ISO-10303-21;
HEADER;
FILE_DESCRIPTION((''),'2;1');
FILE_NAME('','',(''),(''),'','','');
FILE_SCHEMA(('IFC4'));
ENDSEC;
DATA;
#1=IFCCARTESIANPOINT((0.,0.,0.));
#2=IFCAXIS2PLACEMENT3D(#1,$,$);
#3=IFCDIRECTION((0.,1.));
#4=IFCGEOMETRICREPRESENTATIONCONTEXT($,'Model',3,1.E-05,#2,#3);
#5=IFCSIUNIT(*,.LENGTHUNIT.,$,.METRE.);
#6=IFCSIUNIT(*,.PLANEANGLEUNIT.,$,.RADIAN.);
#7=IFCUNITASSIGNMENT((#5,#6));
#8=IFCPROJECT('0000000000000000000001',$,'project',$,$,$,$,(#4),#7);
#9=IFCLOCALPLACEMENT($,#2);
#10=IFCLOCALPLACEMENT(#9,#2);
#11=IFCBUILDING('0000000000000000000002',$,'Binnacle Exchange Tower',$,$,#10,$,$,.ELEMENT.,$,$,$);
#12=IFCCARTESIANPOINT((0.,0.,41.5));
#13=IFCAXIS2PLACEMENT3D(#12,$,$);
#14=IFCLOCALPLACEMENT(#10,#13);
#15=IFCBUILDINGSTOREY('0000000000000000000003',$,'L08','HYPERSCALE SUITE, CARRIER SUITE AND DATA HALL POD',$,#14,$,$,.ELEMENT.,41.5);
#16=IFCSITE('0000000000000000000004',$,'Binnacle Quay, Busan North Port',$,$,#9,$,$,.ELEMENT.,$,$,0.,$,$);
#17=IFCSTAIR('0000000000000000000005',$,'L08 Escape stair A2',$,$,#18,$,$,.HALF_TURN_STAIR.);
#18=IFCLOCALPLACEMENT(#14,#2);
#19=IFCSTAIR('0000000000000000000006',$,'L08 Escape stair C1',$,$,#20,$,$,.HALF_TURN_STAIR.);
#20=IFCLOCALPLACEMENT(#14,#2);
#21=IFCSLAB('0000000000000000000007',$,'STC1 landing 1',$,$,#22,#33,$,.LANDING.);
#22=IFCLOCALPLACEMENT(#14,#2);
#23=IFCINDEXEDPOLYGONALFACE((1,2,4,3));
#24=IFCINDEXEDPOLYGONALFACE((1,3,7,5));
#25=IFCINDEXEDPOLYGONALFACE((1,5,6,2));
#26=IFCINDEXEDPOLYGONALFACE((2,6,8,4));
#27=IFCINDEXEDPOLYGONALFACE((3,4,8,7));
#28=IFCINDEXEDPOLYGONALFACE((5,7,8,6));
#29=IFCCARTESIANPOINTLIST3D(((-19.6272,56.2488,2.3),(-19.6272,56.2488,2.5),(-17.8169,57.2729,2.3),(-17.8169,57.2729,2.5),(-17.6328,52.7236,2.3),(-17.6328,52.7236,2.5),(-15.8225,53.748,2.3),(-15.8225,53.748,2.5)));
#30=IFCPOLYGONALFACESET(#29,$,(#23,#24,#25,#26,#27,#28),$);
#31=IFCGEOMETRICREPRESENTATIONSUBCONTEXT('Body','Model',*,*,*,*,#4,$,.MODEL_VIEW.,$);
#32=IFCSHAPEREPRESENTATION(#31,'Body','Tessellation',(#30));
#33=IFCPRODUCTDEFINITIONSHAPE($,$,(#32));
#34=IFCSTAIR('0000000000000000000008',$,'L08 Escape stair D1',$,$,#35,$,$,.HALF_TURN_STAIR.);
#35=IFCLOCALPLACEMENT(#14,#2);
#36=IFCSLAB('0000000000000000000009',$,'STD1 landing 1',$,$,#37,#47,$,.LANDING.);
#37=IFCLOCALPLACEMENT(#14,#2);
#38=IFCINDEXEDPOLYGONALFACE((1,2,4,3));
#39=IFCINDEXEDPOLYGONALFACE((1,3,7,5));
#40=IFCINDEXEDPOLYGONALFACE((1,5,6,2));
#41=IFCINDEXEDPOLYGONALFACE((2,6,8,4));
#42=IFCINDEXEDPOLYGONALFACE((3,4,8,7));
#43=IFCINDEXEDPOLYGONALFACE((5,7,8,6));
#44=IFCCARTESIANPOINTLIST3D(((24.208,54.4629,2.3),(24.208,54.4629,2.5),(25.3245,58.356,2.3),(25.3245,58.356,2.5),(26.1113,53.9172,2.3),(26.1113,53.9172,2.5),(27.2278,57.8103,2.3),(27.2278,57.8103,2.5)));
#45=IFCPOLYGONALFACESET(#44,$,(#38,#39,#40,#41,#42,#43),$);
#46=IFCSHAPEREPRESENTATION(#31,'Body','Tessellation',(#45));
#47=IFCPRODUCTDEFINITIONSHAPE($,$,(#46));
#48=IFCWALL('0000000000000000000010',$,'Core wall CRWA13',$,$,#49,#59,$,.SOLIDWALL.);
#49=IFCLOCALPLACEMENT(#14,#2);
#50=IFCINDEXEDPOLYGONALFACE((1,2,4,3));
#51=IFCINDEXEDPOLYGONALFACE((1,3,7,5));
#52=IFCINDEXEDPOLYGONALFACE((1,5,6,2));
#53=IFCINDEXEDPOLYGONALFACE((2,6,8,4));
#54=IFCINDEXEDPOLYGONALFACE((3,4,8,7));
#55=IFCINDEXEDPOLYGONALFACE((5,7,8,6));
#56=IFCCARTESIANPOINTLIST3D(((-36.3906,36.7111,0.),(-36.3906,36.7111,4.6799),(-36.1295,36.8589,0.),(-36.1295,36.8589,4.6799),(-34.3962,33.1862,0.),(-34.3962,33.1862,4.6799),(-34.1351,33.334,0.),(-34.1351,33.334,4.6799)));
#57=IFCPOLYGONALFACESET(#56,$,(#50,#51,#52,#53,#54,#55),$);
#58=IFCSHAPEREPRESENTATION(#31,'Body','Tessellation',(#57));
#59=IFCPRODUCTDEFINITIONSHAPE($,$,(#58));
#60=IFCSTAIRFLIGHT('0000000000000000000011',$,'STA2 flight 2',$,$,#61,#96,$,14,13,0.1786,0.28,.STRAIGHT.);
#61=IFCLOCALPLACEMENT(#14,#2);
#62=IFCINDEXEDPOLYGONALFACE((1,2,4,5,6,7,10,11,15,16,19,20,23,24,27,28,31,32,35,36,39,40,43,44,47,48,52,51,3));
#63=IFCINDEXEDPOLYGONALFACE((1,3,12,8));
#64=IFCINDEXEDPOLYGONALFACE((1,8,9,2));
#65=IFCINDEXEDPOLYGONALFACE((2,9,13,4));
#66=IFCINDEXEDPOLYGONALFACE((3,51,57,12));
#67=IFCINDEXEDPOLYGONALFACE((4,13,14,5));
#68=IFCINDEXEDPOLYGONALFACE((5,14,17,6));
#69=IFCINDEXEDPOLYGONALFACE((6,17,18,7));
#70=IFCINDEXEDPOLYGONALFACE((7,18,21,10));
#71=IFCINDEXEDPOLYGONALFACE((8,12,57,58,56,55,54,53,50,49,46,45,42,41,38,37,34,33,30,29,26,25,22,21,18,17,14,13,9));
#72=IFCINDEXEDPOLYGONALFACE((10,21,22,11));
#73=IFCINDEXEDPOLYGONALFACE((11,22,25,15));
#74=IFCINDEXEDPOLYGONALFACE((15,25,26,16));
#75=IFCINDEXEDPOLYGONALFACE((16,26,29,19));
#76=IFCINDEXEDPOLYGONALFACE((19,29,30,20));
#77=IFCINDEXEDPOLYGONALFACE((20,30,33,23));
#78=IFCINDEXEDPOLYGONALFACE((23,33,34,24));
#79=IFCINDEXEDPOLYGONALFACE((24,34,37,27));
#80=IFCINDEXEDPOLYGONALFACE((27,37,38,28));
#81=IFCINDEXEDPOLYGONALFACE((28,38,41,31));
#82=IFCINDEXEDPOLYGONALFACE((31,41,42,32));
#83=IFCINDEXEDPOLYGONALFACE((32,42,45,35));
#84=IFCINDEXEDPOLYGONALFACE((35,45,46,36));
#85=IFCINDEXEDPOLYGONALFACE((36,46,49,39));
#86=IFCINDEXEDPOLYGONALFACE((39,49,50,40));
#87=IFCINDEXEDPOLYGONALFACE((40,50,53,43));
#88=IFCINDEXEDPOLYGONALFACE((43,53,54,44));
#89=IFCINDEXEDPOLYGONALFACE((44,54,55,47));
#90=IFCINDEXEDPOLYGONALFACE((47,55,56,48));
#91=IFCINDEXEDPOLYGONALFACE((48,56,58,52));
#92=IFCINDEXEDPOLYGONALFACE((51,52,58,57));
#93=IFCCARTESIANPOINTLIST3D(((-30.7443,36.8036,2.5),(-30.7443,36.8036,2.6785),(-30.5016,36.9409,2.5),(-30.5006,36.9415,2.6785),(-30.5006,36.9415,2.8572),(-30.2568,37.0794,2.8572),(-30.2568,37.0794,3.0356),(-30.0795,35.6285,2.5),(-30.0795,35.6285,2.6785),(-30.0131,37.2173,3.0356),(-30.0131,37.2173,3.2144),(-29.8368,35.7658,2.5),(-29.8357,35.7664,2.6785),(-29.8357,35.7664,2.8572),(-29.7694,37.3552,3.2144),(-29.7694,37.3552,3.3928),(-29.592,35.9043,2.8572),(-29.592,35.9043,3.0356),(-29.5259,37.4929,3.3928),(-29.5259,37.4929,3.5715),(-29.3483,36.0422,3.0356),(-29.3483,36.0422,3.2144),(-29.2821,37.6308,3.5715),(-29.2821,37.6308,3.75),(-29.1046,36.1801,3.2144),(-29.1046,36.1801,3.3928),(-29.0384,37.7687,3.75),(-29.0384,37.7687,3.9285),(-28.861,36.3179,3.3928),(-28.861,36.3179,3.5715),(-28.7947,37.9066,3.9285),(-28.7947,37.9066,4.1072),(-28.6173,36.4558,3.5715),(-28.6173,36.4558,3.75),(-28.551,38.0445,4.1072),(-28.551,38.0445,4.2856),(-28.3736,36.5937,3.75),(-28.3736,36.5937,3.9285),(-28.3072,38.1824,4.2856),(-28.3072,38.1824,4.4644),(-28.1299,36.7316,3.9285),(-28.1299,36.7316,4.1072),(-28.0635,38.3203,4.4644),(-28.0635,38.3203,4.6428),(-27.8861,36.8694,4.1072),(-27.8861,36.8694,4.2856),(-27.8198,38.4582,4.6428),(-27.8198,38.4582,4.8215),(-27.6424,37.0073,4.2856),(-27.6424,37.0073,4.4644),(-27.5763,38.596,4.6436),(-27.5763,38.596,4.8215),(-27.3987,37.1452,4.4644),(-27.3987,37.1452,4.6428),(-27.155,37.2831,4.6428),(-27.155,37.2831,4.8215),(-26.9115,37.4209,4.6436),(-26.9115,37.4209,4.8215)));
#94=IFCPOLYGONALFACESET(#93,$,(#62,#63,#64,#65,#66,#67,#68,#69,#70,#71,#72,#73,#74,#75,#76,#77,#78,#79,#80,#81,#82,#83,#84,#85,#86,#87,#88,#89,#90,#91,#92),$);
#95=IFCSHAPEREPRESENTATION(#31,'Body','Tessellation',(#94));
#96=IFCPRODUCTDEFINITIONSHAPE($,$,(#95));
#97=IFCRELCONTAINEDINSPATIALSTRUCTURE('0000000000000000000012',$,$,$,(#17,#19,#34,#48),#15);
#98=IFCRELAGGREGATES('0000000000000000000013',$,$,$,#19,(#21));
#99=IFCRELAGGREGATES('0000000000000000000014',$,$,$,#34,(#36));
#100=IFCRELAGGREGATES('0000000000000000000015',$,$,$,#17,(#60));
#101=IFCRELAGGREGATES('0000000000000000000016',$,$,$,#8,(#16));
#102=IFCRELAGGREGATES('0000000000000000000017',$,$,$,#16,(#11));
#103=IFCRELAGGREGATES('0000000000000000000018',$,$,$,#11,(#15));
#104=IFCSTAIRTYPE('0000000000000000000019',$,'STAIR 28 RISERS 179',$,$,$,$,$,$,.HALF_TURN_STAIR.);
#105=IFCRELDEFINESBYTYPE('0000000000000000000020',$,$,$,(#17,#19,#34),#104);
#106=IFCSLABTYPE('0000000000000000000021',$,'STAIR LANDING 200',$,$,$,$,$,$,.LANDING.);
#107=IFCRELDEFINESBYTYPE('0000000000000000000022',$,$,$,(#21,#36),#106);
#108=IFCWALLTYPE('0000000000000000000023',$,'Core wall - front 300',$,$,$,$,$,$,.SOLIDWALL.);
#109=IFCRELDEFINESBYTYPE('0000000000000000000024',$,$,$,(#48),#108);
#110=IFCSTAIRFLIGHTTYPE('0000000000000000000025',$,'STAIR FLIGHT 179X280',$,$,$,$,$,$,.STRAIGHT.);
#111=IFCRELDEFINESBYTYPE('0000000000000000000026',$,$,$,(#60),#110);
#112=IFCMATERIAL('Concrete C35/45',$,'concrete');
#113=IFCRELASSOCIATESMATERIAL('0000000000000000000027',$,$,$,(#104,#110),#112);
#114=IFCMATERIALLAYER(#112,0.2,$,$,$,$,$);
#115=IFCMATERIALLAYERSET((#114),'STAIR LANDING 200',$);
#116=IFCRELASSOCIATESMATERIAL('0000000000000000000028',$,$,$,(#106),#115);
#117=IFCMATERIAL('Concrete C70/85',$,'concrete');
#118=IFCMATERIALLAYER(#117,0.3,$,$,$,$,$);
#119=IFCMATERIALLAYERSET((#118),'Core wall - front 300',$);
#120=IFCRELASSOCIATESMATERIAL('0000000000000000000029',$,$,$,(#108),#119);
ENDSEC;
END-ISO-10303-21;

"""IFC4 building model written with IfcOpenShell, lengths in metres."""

from ifc_helpers import new_model, si_unit, direction, frame, frame_2d, origin, place, context, subcontext, project, spatial, polyline, rectangle, outline, extrude, material, layer, layer_set, type_object, element, aggregate, save


model = new_model("IFC4")

# Units and contexts
model_context = context("Model", 3, precision=1e-05, world=origin(), true_north=direction((0.0, 1.0)))
body_context = subcontext(model_context, "Body", "Model", "MODEL_VIEW")
ifc_project = project(units=[si_unit("LENGTHUNIT", "METRE"), si_unit("PLANEANGLEUNIT", "RADIAN")], contexts=[model_context])

# Site, building, storey
site_placement = place(None, origin())
site = spatial("IfcSite", under=ifc_project, at=site_placement, Name="Binnacle Quay, Busan North Port", CompositionType="ELEMENT", RefElevation=0.0)
building_placement = place(site_placement, origin())
building = spatial("IfcBuilding", under=site, at=building_placement, Name="Binnacle Exchange Tower", CompositionType="ELEMENT")
storey_placement = place(building_placement, frame((0.0, 0.0, 41.5)))
storey = spatial("IfcBuildingStorey", under=building, at=storey_placement, Name="L08", Description="HYPERSCALE SUITE, CARRIER SUITE AND DATA HALL POD", CompositionType="ELEMENT", Elevation=41.5)

# Shared definitions
ifc_material_1 = material(Name="Concrete C70/85", Category="concrete")

# Shared definitions
ifc_material_2 = material(Name="Concrete C35/45", Category="concrete")

# Stairs, slabs
stair_type = type_object("IfcStairType", Name="STAIR 28 RISERS 179", PredefinedType="HALF_TURN_STAIR", material=ifc_material_2)
ifc_layer_1 = layer(ifc_material_2, 0.2)
ifc_layer_set_1 = layer_set([ifc_layer_1], Name="STAIR LANDING 200")
slab_type_1 = type_object("IfcSlabType", Name="STAIR LANDING 200", PredefinedType="LANDING", material=ifc_layer_set_1)
stair_1_placement = place(storey_placement, origin())
stair_1 = element("IfcStair", 1, at=stair_1_placement, inside=storey, type_object=stair_type, Name="L08 Escape stair A2", PredefinedType="HALF_TURN_STAIR")
stair_2_placement = place(storey_placement, origin())
stair_2 = element("IfcStair", 2, at=stair_2_placement, inside=storey, type_object=stair_type, Name="L08 Escape stair C1", PredefinedType="HALF_TURN_STAIR")
slab_1_placement = place(storey_placement, frame((0.0, 0.0, 2.3)))
slab_1 = element("IfcSlab", 3, at=slab_1_placement, type_object=slab_type_1, Name="STC1 landing 1", PredefinedType="LANDING", context=body_context, shape_type="SweptSolid", body=[
    extrude(outline(polyline([(-17.6328, 52.7236), (-15.8225, 53.748), (-17.8169, 57.2729), (-19.6272, 56.2488), (-17.6328, 52.7236)])), origin(), (0.0, 0.0, 1.0), 0.2),
])
aggregate(stair_2, [slab_1])
stair_3_placement = place(storey_placement, origin())
stair_3 = element("IfcStair", 4, at=stair_3_placement, inside=storey, type_object=stair_type, Name="L08 Escape stair D1", PredefinedType="HALF_TURN_STAIR")
slab_2_placement = place(storey_placement, frame((0.0, 0.0, 2.3)))
slab_2 = element("IfcSlab", 5, at=slab_2_placement, type_object=slab_type_1, Name="STD1 landing 1", PredefinedType="LANDING", context=body_context, shape_type="SweptSolid", body=[
    extrude(outline(polyline([(24.208, 54.4629), (26.1113, 53.9172), (27.2278, 57.8103), (25.3245, 58.356), (24.208, 54.4629)])), origin(), (0.0, 0.0, 1.0), 0.2),
])
aggregate(stair_3, [slab_2])

# Wall
ifc_layer_2 = layer(ifc_material_1, 0.3)
ifc_layer_set_2 = layer_set([ifc_layer_2], Name="Core wall - front 300")
wall_type = type_object("IfcWallType", Name="Core wall - front 300", PredefinedType="SOLIDWALL", material=ifc_layer_set_2)
wall_placement = place(storey_placement, frame((-36.26, 36.7849, 0.0), z_axis=(0.0, 0.0, 1.0), x_axis=(0.492441, -0.870346, 0.0)))
element("IfcWall", 6, at=wall_placement, inside=storey, type_object=wall_type, Name="Core wall CRWA13", PredefinedType="SOLIDWALL", context=body_context, shape_type="SweptSolid", body=[
    extrude(rectangle(XDim=4.05, YDim=0.3, at=frame_2d((2.0249, 0.0))), origin(), (0.0, 0.0, 1.0), 4.6799),
])

# Stair flight
stair_flight_type = type_object("IfcStairFlightType", Name="STAIR FLIGHT 179X280", PredefinedType="STRAIGHT", material=ifc_material_2)
stair_flight_placement = place(storey_placement, frame((-30.4119, 36.2161, 2.5), z_axis=(0.0, 0.0, 1.0), x_axis=(0.870356, 0.492424, 0.0)))
stair_flight = element("IfcStairFlight", 7, at=stair_flight_placement, type_object=stair_flight_type, Name="STA2 flight 2", NumberOfRisers=14, NumberOfTreads=13, PredefinedType="STRAIGHT", RiserHeight=0.1786, TreadLength=0.28, context=body_context, shape_type="SweptSolid", body=[
    extrude(outline(polyline([(0.0, 0.0), (0.0, 0.1785), (0.28, 0.1785), (0.28, 0.3572), (0.5601, 0.3572), (0.5601, 0.5356), (0.8401, 0.5356), (0.8401, 0.7144), (1.1201, 0.7144), (1.1201, 0.8928), (1.3999, 0.8928), (1.3999, 1.0715), (1.6799, 1.0715), (1.6799, 1.25), (1.96, 1.25), (1.96, 1.4285), (2.24, 1.4285), (2.24, 1.6072), (2.52, 1.6072), (2.52, 1.7856), (2.8, 1.7856), (2.8, 1.9644), (3.0801, 1.9644), (3.0801, 2.1428), (3.3601, 2.1428), (3.3601, 2.3215), (3.6399, 2.3215), (3.6399, 2.5), (3.6399, 2.1436), (0.2788, 0.0), (0.0, 0.0)])), frame((0.0, 0.675, 0.0), z_axis=(0.0, -1.0, 0.0), x_axis=(1.0, 0.0, 0.0)), (0.0, 0.0, 1.0), 1.3501),
])
aggregate(stair_1, [stair_flight])

save(model, "model.ifc")
